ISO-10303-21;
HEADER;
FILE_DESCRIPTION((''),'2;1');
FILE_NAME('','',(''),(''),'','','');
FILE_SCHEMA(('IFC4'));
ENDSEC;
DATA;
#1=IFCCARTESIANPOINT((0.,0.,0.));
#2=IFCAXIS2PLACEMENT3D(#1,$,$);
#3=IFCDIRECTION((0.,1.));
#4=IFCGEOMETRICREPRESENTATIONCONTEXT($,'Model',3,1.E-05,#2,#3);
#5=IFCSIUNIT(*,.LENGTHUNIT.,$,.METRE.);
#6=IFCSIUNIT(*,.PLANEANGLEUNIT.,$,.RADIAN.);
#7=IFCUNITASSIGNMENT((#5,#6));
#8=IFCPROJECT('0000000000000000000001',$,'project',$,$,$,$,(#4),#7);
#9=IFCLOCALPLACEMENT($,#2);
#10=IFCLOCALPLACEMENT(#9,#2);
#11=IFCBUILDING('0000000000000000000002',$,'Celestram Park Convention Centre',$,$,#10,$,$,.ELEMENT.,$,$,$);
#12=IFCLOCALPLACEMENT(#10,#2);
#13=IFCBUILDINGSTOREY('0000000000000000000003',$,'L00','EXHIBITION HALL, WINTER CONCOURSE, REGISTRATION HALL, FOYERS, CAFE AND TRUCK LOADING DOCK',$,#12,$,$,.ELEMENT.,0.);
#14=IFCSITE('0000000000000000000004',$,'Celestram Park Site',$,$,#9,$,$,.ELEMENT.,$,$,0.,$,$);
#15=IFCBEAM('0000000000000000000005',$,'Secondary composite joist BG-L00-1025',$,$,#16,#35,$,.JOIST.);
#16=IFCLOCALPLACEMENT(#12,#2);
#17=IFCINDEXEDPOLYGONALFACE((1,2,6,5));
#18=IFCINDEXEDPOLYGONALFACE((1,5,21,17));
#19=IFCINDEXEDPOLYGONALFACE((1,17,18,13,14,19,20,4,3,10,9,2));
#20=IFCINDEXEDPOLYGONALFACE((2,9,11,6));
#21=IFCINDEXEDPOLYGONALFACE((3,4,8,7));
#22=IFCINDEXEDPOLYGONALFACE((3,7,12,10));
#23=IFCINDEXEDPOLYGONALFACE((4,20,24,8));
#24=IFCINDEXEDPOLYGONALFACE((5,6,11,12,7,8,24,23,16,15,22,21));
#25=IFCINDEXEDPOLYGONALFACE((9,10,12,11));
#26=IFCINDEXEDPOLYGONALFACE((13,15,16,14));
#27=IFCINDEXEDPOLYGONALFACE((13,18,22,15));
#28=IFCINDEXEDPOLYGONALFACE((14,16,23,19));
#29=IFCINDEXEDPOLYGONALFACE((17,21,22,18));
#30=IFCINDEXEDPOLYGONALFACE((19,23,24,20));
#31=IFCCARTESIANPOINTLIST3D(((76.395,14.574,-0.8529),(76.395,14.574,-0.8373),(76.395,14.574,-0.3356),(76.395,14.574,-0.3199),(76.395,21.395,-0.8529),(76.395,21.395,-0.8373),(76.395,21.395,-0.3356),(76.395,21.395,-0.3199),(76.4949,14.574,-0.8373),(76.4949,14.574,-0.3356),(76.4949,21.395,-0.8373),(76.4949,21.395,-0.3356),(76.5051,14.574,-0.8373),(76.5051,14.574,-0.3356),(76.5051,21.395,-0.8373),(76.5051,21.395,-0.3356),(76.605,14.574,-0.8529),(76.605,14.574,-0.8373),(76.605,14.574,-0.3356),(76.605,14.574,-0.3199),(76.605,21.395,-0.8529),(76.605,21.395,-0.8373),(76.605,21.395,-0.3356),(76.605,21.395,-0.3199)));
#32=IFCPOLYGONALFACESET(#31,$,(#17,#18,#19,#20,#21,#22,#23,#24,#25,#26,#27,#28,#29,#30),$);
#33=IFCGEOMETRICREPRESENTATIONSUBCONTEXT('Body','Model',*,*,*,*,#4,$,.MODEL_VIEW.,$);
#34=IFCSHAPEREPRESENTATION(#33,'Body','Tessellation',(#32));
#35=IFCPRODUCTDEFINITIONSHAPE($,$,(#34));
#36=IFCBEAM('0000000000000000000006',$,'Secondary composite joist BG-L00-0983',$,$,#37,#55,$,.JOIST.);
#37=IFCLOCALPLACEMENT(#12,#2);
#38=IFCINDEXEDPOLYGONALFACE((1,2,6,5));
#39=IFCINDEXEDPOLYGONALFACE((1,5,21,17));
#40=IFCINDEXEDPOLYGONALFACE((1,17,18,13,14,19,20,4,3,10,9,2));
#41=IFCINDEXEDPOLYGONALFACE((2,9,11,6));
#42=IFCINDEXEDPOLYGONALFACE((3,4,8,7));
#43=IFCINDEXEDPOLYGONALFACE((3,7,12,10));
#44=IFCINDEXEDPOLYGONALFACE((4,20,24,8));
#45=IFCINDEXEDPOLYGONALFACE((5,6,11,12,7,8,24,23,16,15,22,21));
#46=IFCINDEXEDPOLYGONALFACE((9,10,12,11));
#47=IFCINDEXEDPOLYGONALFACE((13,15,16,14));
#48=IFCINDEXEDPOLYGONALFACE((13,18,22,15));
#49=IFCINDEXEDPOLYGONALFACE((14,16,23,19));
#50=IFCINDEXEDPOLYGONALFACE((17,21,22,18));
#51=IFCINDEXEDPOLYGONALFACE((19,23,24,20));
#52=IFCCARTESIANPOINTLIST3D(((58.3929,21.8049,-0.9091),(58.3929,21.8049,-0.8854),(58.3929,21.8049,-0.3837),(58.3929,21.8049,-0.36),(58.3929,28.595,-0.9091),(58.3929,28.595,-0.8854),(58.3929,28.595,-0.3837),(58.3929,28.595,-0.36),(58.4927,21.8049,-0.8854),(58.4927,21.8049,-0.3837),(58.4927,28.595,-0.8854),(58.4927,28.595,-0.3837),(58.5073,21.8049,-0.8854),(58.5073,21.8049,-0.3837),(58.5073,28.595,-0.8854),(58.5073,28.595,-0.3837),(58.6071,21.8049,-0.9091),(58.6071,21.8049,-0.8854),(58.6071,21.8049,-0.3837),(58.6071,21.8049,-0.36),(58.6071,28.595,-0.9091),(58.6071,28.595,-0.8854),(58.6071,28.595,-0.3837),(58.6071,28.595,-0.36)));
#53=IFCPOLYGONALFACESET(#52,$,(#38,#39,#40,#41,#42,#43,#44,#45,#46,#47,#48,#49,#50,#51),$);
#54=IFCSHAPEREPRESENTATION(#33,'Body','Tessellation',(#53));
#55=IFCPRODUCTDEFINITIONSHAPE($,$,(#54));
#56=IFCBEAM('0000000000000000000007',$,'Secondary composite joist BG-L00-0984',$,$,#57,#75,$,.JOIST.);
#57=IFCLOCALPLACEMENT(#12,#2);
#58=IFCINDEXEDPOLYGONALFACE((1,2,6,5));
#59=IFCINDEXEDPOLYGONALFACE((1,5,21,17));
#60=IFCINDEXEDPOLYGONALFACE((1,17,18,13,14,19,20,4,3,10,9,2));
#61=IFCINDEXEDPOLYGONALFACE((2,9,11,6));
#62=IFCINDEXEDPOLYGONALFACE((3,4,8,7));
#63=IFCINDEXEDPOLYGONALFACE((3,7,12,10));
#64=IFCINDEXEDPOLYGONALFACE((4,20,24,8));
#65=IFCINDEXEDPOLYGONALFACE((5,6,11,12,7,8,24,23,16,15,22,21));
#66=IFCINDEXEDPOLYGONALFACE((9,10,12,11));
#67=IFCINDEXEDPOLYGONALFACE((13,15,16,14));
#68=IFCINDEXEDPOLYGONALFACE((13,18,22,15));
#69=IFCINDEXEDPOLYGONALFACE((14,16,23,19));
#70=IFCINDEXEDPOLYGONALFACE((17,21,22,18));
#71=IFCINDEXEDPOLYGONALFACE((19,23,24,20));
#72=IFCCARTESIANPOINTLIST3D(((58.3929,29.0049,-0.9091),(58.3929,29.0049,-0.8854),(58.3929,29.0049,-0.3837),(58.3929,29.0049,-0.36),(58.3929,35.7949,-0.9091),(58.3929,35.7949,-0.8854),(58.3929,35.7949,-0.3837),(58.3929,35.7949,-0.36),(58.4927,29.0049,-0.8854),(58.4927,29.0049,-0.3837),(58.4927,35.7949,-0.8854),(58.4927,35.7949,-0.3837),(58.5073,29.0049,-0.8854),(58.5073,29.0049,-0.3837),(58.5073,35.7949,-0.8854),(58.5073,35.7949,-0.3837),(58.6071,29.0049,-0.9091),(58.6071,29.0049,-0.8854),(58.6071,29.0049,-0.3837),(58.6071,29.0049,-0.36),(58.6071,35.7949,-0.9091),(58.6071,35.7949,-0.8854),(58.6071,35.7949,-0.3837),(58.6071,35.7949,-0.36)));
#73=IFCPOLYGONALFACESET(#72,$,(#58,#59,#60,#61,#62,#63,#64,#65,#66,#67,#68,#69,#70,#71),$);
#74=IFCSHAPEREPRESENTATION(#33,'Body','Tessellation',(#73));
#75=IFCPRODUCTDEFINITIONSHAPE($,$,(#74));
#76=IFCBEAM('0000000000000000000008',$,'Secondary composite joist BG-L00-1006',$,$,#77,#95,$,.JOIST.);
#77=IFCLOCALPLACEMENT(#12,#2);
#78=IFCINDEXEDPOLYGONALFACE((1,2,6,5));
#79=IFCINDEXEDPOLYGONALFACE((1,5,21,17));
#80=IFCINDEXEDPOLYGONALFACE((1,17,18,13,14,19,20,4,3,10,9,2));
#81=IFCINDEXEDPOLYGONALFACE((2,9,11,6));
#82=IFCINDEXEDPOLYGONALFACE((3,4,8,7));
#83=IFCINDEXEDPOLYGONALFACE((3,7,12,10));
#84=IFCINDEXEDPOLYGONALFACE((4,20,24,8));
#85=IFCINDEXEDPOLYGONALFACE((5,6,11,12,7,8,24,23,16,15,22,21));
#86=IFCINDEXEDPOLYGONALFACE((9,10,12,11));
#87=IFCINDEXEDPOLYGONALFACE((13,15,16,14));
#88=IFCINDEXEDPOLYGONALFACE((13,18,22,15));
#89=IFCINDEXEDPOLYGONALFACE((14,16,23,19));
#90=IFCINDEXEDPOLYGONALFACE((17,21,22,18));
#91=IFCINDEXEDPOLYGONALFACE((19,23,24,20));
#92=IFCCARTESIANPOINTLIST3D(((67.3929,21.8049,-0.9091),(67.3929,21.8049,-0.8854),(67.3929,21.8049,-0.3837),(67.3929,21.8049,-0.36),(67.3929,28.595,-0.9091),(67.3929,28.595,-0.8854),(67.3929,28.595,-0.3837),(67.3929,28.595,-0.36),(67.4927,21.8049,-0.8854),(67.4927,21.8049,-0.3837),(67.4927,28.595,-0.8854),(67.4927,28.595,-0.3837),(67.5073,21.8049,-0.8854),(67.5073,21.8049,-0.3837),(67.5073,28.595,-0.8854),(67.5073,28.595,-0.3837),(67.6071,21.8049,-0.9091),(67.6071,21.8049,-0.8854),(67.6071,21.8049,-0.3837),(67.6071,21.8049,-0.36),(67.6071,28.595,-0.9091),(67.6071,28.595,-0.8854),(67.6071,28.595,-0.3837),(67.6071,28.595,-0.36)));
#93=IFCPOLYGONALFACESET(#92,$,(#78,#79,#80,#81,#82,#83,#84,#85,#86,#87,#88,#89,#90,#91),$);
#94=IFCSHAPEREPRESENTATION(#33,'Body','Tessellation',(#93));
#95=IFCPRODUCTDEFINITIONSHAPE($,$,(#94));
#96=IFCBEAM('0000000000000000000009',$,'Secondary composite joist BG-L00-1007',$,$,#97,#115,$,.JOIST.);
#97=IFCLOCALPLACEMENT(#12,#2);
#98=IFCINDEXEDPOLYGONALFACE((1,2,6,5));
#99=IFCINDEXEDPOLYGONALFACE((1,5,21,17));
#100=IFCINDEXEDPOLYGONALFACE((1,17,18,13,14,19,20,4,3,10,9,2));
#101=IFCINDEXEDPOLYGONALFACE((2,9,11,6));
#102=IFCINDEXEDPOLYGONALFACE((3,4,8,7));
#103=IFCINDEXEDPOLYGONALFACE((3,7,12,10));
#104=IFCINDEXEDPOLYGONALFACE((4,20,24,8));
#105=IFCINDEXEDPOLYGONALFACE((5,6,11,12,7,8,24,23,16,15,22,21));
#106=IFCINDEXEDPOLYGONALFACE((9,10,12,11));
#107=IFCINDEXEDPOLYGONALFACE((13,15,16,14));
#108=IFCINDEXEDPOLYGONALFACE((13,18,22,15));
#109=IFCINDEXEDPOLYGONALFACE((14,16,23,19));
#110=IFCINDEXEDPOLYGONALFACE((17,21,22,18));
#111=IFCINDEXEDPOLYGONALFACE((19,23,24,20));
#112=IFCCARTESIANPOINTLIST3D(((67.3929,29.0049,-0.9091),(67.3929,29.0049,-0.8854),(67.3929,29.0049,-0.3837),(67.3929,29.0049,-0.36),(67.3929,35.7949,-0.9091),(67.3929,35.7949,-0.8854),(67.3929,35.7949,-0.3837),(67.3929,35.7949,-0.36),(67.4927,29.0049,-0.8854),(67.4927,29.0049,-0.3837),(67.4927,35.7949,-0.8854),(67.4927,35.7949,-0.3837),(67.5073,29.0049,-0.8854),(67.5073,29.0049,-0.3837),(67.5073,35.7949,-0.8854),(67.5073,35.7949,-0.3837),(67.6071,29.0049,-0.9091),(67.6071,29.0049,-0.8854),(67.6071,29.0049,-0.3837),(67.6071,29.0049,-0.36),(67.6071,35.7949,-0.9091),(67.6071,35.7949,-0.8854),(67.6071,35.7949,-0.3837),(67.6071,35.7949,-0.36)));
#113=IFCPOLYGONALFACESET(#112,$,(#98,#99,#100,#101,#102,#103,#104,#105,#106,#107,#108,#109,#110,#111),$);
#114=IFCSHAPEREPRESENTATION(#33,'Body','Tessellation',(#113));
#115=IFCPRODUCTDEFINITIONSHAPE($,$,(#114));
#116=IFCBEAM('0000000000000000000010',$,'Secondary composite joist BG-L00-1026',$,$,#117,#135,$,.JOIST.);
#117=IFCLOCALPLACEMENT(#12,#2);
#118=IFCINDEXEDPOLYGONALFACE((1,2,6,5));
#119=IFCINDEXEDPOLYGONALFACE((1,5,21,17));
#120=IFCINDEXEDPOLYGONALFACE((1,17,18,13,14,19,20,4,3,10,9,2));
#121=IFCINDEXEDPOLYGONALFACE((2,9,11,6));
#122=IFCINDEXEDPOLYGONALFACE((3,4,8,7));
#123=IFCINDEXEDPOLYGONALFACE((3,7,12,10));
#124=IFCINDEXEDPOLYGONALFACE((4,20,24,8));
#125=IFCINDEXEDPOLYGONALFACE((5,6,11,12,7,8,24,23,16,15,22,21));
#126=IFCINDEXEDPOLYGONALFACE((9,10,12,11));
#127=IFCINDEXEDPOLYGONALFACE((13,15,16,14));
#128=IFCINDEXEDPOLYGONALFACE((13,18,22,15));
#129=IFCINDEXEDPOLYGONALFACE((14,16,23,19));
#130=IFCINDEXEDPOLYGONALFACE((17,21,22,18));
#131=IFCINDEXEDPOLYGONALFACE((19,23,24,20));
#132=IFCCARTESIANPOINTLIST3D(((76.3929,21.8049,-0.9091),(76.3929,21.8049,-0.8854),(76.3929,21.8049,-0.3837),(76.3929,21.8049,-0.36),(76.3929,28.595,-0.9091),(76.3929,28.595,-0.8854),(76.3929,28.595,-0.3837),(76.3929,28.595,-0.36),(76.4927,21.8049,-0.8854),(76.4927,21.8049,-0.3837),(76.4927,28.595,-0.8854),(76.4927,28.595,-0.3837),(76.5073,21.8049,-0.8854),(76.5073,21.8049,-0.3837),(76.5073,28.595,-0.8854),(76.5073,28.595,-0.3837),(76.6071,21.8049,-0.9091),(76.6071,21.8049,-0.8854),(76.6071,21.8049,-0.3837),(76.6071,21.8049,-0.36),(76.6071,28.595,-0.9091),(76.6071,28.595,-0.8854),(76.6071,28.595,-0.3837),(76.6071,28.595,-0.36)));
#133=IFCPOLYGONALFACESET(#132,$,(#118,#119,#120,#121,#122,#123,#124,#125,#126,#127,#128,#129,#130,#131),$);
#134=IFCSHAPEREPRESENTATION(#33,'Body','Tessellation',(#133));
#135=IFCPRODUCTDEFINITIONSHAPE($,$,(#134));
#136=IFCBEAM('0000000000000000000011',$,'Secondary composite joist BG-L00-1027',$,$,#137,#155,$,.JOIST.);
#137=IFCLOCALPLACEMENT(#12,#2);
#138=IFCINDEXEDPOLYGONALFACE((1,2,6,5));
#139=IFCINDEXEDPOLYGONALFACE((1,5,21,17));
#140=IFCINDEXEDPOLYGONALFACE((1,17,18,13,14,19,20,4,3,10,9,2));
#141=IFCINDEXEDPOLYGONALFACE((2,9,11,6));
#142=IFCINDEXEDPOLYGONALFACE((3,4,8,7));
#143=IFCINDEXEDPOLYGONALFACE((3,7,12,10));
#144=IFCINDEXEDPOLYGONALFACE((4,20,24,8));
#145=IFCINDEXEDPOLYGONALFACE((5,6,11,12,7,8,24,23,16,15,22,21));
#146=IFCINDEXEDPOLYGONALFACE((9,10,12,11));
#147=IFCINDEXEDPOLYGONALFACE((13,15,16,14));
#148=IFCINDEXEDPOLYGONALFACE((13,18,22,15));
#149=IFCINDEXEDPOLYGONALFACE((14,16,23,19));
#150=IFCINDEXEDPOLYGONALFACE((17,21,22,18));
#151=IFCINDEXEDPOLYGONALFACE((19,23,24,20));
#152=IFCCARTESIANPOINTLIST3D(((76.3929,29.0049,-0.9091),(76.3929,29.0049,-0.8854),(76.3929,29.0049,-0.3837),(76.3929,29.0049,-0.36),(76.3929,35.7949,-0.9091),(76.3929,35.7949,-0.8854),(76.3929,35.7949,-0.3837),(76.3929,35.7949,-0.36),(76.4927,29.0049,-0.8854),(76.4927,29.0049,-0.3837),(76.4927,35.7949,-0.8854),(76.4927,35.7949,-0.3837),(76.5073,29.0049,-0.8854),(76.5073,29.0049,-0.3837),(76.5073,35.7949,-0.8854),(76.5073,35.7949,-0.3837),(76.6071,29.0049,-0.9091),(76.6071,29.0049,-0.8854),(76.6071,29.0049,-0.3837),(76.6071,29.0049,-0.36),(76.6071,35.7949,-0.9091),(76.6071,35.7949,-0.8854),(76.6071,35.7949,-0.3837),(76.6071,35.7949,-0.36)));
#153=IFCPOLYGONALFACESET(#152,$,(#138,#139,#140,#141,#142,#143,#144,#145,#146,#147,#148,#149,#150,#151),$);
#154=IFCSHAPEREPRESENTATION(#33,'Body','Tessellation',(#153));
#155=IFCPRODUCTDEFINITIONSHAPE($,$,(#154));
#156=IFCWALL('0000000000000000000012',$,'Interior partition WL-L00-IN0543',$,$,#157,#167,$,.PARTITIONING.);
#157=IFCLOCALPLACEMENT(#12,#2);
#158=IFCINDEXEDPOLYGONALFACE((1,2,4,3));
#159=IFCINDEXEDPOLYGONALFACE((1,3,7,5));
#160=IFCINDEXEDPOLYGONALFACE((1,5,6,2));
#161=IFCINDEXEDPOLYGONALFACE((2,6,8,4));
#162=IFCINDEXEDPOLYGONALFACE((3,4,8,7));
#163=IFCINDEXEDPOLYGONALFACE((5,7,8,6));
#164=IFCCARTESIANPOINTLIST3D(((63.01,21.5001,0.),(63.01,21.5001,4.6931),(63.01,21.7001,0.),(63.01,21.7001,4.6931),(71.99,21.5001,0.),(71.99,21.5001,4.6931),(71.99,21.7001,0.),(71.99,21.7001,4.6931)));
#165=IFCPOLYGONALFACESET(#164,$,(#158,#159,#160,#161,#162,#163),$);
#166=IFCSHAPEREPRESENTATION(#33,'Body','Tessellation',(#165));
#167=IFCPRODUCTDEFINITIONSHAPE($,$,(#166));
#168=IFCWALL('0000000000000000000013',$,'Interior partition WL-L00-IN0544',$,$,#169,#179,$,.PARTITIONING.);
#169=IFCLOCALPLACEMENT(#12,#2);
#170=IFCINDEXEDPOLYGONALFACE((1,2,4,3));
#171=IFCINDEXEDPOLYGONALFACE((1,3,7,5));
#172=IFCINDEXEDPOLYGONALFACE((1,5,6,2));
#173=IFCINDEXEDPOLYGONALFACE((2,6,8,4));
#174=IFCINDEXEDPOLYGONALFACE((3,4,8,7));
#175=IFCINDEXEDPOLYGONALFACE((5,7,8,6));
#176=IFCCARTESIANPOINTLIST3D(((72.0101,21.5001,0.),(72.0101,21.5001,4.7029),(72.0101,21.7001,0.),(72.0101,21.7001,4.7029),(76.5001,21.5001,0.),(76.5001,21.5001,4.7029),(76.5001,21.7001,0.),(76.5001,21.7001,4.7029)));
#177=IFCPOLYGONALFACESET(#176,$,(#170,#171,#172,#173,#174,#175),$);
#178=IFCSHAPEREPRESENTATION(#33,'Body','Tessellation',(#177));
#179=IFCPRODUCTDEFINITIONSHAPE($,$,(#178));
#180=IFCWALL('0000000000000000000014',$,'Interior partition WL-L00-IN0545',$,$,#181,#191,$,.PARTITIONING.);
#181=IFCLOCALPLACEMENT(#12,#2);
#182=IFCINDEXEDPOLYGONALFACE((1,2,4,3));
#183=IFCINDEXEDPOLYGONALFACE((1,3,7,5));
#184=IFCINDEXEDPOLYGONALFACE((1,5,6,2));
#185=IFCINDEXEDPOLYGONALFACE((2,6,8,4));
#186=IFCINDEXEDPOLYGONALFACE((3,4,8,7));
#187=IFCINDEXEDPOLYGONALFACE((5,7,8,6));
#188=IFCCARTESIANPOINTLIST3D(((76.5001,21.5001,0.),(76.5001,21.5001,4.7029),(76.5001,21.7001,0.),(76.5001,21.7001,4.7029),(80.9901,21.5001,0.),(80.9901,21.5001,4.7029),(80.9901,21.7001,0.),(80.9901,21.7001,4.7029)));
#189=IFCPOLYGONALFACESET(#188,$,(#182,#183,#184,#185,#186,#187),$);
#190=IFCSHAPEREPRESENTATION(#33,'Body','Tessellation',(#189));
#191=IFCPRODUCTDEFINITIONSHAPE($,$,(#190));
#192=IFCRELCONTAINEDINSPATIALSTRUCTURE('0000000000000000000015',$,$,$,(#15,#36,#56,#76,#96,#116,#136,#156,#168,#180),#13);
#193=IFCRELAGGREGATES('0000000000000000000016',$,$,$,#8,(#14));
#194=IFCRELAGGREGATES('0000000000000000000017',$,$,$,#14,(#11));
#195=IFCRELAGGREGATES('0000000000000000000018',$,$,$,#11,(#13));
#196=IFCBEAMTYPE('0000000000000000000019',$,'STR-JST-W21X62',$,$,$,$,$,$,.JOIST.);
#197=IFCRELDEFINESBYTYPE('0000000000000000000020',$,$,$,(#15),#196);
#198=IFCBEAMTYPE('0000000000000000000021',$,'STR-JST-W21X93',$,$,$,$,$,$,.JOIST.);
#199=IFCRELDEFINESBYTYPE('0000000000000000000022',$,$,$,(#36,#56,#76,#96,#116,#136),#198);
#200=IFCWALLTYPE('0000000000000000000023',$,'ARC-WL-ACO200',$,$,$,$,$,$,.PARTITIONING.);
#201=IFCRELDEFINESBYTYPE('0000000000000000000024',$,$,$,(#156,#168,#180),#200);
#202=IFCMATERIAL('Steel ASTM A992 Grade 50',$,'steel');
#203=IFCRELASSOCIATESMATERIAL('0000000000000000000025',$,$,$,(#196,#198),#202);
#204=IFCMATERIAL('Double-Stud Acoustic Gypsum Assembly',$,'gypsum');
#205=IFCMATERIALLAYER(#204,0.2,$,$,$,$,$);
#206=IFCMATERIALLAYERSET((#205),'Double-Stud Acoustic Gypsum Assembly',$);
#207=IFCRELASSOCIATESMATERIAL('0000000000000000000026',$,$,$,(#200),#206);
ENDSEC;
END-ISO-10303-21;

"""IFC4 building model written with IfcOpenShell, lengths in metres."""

from ifc_helpers import new_model, si_unit, direction, frame, frame_2d, origin, origin_2d, place, context, subcontext, project, spatial, rectangle, i_section, extrude, material, layer, layer_set, material_profile, profile_set, type_object, element, save


model = new_model("IFC4")

# Units and contexts
model_context = context("Model", 3, precision=1e-05, world=origin(), true_north=direction((0.0, 1.0)))
body_context = subcontext(model_context, "Body", "Model", "MODEL_VIEW")
ifc_project = project(units=[si_unit("LENGTHUNIT", "METRE"), si_unit("PLANEANGLEUNIT", "RADIAN")], contexts=[model_context])

# Site, building, storey
site_placement = place(None, origin())
site = spatial("IfcSite", under=ifc_project, at=site_placement, Name="Celestram Park Site", CompositionType="ELEMENT", RefElevation=0.0)
building_placement = place(site_placement, origin())
building = spatial("IfcBuilding", under=site, at=building_placement, Name="Celestram Park Convention Centre", CompositionType="ELEMENT")
storey_placement = place(building_placement, origin())
storey = spatial("IfcBuildingStorey", under=building, at=storey_placement, Name="L00", Description="EXHIBITION HALL, WINTER CONCOURSE, REGISTRATION HALL, FOYERS, CAFE AND TRUCK LOADING DOCK", CompositionType="ELEMENT", Elevation=0.0)

# Shared definitions
ifc_material_1 = material(Name="Steel ASTM A992 Grade 50", Category="steel")

# Beams
ifc_material_profile_1 = material_profile(ifc_material_1, i_section(OverallWidth=0.21, OverallDepth=0.533, WebThickness=0.0103, FlangeThickness=0.0156, at=origin_2d()), Name="W21X62")
ifc_profile_set_1 = profile_set([ifc_material_profile_1], Name="Steel ASTM A992 Grade 50")
beam_type_1 = type_object("IfcBeamType", Name="STR-JST-W21X62", PredefinedType="JOIST", material=ifc_profile_set_1)
for number, where, z_axis, x_axis, name in (
    (1, (76.5, 14.574, -0.5864), (0.0, 1.0, 0.0), (-1.0, 0.0, 0.0), "Secondary composite joist BG-L00-1025"),
):
    element("IfcBeam", number, at=place(storey_placement, frame(where, z_axis=z_axis, x_axis=x_axis)), inside=storey, type_object=beam_type_1, Name=name, PredefinedType="JOIST", context=body_context, shape_type="SweptSolid", body=[
        extrude(i_section(OverallWidth=0.21, OverallDepth=0.533, WebThickness=0.0103, FlangeThickness=0.0156, at=origin_2d()), origin(), (0.0, 0.0, 1.0), 6.821),
    ])
ifc_material_profile_2 = material_profile(ifc_material_1, i_section(OverallWidth=0.2141, OverallDepth=0.5491, WebThickness=0.0146, FlangeThickness=0.0237, at=origin_2d()), Name="W21X93")
ifc_profile_set_2 = profile_set([ifc_material_profile_2], Name="Steel ASTM A992 Grade 50")
beam_type_2 = type_object("IfcBeamType", Name="STR-JST-W21X93", PredefinedType="JOIST", material=ifc_profile_set_2)
for number, where, z_axis, x_axis, name in (
    (2, (58.5, 21.8049, -0.6345), (0.0, 1.0, 0.0), (-1.0, 0.0, 0.0), "Secondary composite joist BG-L00-0983"),
    (3, (58.5, 29.0049, -0.6345), (0.0, 1.0, 0.0), (-1.0, 0.0, 0.0), "Secondary composite joist BG-L00-0984"),
    (4, (67.5, 21.8049, -0.6345), (0.0, 1.0, 0.0), (-1.0, 0.0, 0.0), "Secondary composite joist BG-L00-1006"),
    (5, (67.5, 29.0049, -0.6345), (0.0, 1.0, 0.0), (-1.0, 0.0, 0.0), "Secondary composite joist BG-L00-1007"),
    (6, (76.5, 21.8049, -0.6345), (0.0, 1.0, 0.0), (-1.0, 0.0, 0.0), "Secondary composite joist BG-L00-1026"),
    (7, (76.5, 29.0049, -0.6345), (0.0, 1.0, 0.0), (-1.0, 0.0, 0.0), "Secondary composite joist BG-L00-1027"),
):
    element("IfcBeam", number, at=place(storey_placement, frame(where, z_axis=z_axis, x_axis=x_axis)), inside=storey, type_object=beam_type_2, Name=name, PredefinedType="JOIST", context=body_context, shape_type="SweptSolid", body=[
        extrude(i_section(OverallWidth=0.2141, OverallDepth=0.5491, WebThickness=0.0146, FlangeThickness=0.0237, at=origin_2d()), origin(), (0.0, 0.0, 1.0), 6.79),
    ])

# Walls
ifc_material_2 = material(Name="Double-Stud Acoustic Gypsum Assembly", Category="gypsum")
ifc_layer = layer(ifc_material_2, 0.2)
ifc_layer_set = layer_set([ifc_layer], Name="Double-Stud Acoustic Gypsum Assembly")
wall_type = type_object("IfcWallType", Name="ARC-WL-ACO200", PredefinedType="PARTITIONING", material=ifc_layer_set)
wall_placement = place(storey_placement, frame((63.01, 21.6001, 0.0), z_axis=(0.0, 0.0, 1.0), x_axis=(1.0, 0.0, 0.0)))
element("IfcWall", 8, at=wall_placement, inside=storey, type_object=wall_type, Name="Interior partition WL-L00-IN0543", PredefinedType="PARTITIONING", context=body_context, shape_type="SweptSolid", body=[
    extrude(rectangle(XDim=8.98, YDim=0.2, at=frame_2d((4.49, 0.0))), origin(), (0.0, 0.0, 1.0), 4.6931),
])
for number, where, z_axis, x_axis, name in (
    (9, (72.01, 21.6001, 0.0), (0.0, 0.0, 1.0), (1.0, 0.0, 0.0), "Interior partition WL-L00-IN0544"),
    (10, (76.5, 21.6001, 0.0), (0.0, 0.0, 1.0), (1.0, 0.0, 0.0), "Interior partition WL-L00-IN0545"),
):
    element("IfcWall", number, at=place(storey_placement, frame(where, z_axis=z_axis, x_axis=x_axis)), inside=storey, type_object=wall_type, Name=name, PredefinedType="PARTITIONING", context=body_context, shape_type="SweptSolid", body=[
        extrude(rectangle(XDim=4.49, YDim=0.2, at=frame_2d((2.2451, 0.0))), origin(), (0.0, 0.0, 1.0), 4.7029),
    ])

save(model, "model.ifc")
